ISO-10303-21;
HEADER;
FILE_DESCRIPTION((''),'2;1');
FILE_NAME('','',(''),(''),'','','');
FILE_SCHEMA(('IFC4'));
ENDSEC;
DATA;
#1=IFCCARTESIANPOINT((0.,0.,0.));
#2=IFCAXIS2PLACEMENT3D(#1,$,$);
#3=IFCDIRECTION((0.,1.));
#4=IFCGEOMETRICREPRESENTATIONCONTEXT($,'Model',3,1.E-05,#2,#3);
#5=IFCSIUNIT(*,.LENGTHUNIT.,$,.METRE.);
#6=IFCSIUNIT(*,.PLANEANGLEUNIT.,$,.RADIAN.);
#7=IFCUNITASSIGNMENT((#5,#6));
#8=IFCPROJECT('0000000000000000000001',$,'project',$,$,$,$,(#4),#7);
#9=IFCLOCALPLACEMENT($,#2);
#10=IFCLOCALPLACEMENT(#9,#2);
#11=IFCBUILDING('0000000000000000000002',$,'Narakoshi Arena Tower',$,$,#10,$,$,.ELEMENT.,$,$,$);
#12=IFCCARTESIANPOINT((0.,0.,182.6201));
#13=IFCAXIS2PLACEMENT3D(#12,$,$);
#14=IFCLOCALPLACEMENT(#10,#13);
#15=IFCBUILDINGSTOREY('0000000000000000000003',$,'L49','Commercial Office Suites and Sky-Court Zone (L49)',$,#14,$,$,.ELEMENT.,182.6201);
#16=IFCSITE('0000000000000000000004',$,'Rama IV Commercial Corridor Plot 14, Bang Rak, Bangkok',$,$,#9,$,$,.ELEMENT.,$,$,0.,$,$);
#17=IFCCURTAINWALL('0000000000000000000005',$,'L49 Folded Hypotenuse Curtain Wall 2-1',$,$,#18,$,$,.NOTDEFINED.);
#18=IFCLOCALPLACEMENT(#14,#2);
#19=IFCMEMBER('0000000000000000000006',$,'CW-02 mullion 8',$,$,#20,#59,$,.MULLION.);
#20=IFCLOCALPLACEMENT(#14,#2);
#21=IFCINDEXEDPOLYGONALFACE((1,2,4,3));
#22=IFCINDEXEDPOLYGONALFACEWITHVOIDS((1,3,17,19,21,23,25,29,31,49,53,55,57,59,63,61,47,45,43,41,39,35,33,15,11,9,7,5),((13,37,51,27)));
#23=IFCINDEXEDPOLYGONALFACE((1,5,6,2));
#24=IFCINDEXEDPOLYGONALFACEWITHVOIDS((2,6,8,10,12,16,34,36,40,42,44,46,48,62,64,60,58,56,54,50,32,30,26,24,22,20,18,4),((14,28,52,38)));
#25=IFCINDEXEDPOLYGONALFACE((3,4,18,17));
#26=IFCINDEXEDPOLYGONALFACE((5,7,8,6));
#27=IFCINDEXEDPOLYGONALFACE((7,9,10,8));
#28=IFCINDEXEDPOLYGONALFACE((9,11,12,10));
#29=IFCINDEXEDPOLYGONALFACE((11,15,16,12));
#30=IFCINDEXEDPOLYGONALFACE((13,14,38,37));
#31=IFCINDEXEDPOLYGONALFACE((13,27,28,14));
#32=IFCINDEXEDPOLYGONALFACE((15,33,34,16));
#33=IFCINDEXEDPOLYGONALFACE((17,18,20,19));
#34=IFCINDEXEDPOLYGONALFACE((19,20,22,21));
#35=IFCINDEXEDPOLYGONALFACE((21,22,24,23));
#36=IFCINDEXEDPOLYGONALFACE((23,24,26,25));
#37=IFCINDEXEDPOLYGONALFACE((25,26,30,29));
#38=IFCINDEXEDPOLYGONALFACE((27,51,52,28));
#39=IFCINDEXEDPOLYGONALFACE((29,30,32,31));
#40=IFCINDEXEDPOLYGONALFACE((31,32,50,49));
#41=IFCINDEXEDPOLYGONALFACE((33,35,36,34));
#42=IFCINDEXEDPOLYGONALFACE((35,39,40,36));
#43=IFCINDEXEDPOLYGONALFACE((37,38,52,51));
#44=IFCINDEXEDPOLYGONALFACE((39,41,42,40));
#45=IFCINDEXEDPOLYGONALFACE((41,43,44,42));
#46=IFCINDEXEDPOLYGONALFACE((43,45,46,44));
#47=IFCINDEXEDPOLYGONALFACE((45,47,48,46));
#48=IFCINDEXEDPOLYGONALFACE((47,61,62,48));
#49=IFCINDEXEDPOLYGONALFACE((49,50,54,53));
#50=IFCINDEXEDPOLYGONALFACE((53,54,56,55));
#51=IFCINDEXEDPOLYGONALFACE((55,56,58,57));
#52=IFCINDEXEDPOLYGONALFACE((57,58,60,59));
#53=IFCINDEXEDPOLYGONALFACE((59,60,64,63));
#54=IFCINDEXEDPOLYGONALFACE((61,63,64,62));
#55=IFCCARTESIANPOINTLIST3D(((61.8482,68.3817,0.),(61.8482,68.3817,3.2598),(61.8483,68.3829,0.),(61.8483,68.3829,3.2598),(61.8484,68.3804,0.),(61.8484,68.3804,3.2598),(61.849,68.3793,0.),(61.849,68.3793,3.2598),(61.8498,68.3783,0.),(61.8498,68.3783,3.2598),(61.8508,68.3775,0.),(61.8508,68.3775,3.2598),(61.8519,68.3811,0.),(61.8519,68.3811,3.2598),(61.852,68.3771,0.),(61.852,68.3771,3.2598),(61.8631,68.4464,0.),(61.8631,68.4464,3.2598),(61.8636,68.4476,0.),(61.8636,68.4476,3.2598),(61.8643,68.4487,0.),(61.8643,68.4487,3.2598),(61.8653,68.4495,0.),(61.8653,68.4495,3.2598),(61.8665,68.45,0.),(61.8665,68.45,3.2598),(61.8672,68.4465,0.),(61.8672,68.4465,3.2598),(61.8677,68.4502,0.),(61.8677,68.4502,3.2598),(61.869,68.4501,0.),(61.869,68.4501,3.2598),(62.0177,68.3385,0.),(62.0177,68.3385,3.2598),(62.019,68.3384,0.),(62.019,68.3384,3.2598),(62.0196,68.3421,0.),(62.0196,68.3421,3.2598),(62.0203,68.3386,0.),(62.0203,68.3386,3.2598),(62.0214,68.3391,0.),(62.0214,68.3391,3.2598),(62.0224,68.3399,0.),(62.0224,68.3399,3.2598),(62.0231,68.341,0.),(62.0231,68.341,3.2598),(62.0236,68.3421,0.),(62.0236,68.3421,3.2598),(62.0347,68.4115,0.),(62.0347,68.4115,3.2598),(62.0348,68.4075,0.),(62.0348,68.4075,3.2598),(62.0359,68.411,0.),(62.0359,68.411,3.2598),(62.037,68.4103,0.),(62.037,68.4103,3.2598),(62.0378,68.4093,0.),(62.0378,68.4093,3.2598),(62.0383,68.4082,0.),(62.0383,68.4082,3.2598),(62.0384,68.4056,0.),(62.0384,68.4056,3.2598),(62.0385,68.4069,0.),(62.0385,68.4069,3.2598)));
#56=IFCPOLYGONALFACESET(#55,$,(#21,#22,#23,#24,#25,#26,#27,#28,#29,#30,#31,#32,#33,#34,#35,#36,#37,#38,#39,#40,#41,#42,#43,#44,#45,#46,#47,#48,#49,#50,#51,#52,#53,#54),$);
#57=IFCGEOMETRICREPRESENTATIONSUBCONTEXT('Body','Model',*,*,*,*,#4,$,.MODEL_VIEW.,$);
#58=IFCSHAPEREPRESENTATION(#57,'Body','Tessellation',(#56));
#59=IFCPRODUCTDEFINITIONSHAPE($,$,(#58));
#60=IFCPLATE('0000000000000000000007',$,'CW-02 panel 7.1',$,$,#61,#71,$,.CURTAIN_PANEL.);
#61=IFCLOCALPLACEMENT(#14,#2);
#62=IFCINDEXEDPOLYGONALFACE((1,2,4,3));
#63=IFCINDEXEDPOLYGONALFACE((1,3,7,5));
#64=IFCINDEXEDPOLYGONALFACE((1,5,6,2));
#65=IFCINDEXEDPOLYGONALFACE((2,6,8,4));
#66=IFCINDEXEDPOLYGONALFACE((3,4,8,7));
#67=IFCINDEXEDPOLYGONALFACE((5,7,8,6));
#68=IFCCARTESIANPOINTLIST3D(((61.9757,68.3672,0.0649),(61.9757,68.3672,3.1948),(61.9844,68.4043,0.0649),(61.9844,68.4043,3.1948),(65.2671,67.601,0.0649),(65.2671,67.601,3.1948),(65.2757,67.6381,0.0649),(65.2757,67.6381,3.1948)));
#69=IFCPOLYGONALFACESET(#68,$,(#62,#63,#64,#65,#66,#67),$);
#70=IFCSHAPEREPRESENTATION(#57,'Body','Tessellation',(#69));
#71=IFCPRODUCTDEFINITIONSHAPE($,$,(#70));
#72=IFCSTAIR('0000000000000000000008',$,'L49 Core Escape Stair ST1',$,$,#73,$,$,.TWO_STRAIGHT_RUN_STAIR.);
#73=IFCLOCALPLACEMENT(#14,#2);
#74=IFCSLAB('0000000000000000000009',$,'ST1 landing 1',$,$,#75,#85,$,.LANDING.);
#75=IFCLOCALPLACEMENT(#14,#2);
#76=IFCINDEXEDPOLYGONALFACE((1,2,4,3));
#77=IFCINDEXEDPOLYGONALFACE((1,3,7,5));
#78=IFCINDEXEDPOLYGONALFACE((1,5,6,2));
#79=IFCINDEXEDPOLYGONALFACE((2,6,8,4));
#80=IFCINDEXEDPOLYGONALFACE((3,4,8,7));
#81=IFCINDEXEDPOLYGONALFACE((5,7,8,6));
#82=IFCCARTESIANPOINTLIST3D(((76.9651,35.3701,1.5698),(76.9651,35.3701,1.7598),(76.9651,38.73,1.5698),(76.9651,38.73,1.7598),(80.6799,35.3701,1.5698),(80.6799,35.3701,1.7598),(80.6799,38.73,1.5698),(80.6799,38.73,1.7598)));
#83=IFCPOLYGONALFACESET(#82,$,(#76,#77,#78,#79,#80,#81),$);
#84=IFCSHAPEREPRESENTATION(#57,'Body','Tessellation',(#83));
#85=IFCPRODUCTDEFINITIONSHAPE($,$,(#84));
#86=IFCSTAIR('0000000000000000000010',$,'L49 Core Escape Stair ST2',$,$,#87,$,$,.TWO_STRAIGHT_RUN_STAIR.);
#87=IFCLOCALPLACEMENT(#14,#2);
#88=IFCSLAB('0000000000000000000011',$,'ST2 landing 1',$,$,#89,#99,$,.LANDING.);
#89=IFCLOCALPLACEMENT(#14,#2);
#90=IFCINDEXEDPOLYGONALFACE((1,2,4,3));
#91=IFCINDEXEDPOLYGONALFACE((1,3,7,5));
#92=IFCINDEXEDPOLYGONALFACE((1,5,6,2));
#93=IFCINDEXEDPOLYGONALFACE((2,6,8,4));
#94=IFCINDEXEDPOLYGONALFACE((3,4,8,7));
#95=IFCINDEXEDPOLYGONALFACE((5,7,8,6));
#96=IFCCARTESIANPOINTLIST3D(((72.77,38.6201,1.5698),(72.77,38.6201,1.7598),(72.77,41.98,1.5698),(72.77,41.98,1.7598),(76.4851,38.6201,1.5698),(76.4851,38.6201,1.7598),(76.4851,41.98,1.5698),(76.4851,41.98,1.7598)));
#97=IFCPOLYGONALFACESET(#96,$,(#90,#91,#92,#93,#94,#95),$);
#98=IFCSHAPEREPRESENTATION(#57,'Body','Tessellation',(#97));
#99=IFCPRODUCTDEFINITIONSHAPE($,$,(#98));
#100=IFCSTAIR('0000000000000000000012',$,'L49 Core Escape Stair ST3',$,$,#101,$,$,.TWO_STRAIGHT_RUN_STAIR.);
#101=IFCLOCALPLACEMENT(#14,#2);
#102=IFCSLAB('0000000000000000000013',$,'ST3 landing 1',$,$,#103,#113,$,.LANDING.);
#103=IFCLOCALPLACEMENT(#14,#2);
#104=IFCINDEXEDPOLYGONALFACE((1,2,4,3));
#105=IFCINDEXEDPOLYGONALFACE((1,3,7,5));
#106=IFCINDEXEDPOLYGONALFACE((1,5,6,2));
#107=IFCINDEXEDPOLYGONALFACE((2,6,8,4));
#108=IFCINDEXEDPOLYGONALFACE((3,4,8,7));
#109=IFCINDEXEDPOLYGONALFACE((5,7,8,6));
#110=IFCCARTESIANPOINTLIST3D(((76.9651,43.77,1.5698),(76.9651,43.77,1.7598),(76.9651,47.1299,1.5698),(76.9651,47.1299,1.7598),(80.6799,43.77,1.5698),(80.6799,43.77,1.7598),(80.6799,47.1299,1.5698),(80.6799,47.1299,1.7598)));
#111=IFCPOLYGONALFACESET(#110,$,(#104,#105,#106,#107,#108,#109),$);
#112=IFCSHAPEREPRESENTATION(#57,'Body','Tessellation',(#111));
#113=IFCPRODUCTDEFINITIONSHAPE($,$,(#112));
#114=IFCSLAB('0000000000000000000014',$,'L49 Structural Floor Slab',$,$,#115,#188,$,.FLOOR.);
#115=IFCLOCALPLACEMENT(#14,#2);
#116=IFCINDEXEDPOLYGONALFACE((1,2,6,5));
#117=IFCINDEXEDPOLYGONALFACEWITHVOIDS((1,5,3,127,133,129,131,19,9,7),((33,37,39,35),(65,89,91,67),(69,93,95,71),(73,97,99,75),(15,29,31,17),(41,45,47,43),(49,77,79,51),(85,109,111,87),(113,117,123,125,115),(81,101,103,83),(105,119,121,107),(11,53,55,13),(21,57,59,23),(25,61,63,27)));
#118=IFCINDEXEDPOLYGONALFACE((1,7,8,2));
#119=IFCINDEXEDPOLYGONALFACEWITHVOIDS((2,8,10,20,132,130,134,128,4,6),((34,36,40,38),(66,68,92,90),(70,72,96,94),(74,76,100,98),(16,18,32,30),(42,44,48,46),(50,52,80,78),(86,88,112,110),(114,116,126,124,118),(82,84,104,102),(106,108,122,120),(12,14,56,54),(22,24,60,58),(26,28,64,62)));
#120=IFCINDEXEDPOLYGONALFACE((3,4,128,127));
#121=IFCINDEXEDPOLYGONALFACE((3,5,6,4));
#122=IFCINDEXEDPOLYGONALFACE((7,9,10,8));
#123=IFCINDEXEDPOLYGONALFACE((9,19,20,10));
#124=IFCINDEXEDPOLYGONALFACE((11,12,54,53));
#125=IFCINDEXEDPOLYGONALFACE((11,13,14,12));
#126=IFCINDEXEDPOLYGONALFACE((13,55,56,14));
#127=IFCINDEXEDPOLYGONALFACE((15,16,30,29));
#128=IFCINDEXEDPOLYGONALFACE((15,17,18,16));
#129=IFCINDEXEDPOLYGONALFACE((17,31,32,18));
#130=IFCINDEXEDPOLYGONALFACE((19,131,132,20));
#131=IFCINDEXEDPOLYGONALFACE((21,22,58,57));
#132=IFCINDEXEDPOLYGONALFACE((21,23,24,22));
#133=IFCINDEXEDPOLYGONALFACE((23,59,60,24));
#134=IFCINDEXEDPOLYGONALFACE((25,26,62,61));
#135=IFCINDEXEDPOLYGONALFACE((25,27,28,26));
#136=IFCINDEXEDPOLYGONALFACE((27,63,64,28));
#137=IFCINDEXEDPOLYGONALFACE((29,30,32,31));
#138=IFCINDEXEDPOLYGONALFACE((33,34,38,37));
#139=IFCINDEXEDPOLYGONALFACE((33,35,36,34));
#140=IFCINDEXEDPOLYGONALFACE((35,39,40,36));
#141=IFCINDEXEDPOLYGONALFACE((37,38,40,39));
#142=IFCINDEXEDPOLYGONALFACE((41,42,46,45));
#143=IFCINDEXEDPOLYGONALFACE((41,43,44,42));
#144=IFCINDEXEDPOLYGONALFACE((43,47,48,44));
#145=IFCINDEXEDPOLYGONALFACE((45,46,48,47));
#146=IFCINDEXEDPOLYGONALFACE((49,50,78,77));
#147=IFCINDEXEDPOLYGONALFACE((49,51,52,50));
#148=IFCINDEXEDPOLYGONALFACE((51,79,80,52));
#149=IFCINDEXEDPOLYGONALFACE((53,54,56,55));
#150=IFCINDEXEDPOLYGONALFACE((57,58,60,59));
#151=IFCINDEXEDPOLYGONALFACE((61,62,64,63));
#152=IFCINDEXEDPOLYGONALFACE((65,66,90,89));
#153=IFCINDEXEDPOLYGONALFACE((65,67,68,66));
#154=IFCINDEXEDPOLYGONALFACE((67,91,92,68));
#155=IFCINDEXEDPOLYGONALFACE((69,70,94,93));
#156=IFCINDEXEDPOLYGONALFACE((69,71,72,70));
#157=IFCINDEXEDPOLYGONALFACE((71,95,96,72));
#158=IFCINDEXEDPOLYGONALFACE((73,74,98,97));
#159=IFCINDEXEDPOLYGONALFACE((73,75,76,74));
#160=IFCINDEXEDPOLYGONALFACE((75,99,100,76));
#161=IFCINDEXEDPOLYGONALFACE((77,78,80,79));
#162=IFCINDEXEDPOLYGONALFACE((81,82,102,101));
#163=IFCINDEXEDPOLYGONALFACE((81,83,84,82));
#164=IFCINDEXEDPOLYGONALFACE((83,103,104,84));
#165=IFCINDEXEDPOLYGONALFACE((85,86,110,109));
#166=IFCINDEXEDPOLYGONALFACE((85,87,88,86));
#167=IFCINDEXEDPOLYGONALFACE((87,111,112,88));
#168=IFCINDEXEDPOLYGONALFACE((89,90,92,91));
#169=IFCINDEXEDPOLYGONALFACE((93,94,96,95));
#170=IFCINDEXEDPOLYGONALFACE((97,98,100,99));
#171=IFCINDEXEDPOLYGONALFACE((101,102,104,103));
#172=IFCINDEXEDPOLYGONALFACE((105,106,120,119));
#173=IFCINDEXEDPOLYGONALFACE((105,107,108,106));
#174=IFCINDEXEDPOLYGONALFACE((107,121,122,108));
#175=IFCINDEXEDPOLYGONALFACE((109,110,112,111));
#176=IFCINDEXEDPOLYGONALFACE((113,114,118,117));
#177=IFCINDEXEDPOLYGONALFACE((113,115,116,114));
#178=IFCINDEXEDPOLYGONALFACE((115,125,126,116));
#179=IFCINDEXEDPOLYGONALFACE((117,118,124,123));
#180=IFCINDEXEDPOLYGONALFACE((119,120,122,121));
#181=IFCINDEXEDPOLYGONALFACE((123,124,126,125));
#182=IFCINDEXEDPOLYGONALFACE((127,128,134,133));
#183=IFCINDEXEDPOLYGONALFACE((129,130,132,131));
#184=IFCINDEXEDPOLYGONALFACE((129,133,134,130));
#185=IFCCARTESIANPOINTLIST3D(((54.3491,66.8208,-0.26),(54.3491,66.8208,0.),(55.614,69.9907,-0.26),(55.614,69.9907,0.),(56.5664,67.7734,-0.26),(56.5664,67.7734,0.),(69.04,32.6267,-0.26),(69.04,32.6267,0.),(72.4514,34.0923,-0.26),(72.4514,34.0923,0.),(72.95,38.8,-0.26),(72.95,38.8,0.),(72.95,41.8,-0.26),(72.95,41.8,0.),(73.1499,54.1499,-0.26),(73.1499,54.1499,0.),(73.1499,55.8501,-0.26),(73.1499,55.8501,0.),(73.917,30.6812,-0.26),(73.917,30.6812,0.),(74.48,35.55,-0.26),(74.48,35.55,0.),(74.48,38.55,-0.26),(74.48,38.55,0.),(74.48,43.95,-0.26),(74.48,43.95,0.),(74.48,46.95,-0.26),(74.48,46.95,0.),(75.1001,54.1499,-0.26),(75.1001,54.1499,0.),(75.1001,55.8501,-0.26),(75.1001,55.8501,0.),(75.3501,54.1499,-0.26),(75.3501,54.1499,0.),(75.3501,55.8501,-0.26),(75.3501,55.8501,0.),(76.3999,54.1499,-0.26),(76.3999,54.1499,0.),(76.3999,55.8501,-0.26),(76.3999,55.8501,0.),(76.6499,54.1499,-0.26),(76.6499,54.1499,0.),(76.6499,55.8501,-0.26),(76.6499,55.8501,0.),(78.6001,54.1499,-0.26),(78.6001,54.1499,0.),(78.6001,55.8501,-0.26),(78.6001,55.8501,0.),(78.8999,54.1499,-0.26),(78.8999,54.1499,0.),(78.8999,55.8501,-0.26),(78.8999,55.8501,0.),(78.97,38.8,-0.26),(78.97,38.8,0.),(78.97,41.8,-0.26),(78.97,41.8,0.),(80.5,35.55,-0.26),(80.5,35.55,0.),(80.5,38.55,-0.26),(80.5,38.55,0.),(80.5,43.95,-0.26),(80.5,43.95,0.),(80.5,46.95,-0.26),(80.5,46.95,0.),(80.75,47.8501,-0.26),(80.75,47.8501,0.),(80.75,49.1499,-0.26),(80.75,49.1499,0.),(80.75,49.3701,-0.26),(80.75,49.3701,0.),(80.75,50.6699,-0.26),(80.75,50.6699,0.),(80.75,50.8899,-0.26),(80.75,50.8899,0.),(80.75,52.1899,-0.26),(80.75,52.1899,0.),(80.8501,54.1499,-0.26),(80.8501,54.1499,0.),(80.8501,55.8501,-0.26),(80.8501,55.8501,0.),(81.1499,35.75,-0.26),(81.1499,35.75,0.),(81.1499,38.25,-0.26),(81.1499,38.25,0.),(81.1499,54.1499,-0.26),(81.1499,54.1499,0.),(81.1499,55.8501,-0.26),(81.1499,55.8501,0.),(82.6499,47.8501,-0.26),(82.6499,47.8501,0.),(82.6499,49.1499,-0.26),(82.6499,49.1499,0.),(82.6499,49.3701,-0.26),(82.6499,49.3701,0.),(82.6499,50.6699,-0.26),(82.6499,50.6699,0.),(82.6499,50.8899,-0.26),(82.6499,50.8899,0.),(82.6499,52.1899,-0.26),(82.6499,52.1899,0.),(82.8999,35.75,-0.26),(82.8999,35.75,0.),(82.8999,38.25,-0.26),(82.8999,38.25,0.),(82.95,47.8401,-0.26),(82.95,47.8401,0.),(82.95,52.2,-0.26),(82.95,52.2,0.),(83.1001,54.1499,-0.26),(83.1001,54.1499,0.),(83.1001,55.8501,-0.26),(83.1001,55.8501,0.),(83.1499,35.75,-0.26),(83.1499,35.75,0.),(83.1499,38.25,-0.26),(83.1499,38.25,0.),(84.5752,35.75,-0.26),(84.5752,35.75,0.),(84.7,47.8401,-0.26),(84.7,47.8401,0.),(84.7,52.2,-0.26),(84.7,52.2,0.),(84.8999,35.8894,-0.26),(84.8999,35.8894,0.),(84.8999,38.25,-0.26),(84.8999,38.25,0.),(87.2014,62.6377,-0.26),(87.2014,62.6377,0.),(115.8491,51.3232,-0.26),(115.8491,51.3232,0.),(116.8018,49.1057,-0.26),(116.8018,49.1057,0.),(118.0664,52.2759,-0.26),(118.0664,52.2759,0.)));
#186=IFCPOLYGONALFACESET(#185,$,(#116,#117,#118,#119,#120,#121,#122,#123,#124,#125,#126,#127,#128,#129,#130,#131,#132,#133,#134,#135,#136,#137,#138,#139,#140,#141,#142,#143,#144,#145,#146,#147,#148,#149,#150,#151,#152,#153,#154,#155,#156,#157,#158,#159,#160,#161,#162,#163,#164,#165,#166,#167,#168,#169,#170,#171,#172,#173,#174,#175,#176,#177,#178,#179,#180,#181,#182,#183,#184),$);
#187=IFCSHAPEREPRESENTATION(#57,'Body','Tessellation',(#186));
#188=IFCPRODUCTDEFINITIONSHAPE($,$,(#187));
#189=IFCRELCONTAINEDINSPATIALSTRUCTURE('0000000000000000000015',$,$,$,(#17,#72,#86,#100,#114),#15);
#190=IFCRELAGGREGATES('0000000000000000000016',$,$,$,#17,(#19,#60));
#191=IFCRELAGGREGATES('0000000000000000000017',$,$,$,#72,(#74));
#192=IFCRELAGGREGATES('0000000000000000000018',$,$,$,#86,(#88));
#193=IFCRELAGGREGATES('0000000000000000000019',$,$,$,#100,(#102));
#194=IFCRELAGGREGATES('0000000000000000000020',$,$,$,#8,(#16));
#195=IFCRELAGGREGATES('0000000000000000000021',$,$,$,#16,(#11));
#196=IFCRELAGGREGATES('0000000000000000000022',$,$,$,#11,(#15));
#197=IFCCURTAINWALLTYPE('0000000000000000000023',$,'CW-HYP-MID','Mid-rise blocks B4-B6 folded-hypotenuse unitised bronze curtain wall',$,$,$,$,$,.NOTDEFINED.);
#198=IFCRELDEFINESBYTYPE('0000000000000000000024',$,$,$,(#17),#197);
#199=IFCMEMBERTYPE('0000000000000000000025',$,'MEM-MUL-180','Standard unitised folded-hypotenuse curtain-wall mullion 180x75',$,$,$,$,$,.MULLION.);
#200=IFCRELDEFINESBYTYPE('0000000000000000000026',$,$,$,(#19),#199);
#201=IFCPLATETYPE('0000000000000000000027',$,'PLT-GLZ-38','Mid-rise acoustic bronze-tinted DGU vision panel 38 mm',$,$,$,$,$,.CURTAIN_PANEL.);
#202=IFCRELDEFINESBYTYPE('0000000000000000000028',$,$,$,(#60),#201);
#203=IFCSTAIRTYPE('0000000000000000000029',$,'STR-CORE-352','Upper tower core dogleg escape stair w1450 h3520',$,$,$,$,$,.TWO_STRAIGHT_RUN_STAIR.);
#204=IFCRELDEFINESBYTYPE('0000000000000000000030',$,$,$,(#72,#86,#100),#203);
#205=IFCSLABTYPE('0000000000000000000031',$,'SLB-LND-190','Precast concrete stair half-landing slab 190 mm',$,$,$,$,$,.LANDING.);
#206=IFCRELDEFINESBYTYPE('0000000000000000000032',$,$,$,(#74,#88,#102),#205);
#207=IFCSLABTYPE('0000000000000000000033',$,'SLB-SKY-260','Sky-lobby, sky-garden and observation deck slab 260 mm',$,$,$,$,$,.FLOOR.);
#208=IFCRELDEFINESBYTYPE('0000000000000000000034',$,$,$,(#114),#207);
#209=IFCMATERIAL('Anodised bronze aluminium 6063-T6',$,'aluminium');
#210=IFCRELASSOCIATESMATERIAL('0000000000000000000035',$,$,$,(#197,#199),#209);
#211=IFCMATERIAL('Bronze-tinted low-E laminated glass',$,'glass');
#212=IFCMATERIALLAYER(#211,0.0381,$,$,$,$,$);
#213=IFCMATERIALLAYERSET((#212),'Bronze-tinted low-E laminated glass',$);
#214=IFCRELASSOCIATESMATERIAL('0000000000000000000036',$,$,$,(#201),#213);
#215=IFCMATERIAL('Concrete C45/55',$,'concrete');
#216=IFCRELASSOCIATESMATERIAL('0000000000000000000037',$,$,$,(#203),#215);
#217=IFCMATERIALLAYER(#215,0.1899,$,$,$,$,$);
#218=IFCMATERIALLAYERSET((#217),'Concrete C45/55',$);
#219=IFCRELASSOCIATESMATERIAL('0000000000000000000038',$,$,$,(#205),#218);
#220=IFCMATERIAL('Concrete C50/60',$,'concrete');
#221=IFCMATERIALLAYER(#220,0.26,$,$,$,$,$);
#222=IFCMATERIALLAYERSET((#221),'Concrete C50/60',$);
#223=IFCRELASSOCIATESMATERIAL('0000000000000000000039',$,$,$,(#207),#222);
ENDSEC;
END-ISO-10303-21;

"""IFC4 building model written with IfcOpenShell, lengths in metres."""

from ifc_helpers import new_model, si_unit, direction, frame, origin, origin_2d, place, context, subcontext, project, spatial, polyline, rectangle, hollow_rectangle, outline, extrude, material, layer, layer_set, material_profile, profile_set, type_object, element, aggregate, save


model = new_model("IFC4")

# Units and contexts
model_context = context("Model", 3, precision=1e-05, world=origin(), true_north=direction((0.0, 1.0)))
body_context = subcontext(model_context, "Body", "Model", "MODEL_VIEW")
ifc_project = project(units=[si_unit("LENGTHUNIT", "METRE"), si_unit("PLANEANGLEUNIT", "RADIAN")], contexts=[model_context])

# Site, building, storey
site_placement = place(None, origin())
site = spatial("IfcSite", under=ifc_project, at=site_placement, Name="Rama IV Commercial Corridor Plot 14, Bang Rak, Bangkok", CompositionType="ELEMENT", RefElevation=0.0)
building_placement = place(site_placement, origin())
building = spatial("IfcBuilding", under=site, at=building_placement, Name="Narakoshi Arena Tower", CompositionType="ELEMENT")
storey_placement = place(building_placement, frame((0.0, 0.0, 182.6201)))
storey = spatial("IfcBuildingStorey", under=building, at=storey_placement, Name="L49", Description="Commercial Office Suites and Sky-Court Zone (L49)", CompositionType="ELEMENT", Elevation=182.6201)

# Shared definitions
ifc_material_1 = material(Name="Concrete C50/60", Category="concrete")

# Curtain wall, member, plate
ifc_material_2 = material(Name="Anodised bronze aluminium 6063-T6", Category="aluminium")
curtain_wall_type = type_object("IfcCurtainWallType", Name="CW-HYP-MID", Description="Mid-rise blocks B4-B6 folded-hypotenuse unitised bronze curtain wall", PredefinedType="NOTDEFINED", material=ifc_material_2)
curtain_wall_placement = place(storey_placement, origin())
curtain_wall = element("IfcCurtainWall", 1, at=curtain_wall_placement, inside=storey, type_object=curtain_wall_type, Name="L49 Folded Hypotenuse Curtain Wall 2-1", PredefinedType="NOTDEFINED")
ifc_material_profile_1 = material_profile(ifc_material_2, hollow_rectangle(XDim=0.075, YDim=0.1799, WallThickness=0.0039, OuterFilletRadius=0.0049, at=origin_2d()), Name="MUL180x75x4")
ifc_profile_set_1 = profile_set([ifc_material_profile_1], Name="Anodised bronze aluminium 6063-T6")
member_type = type_object("IfcMemberType", Name="MEM-MUL-180", Description="Standard unitised folded-hypotenuse curtain-wall mullion 180x75", PredefinedType="MULLION", material=ifc_profile_set_1)
member_placement = place(storey_placement, frame((61.9434, 68.3943, 0.0), z_axis=(0.0, 0.0, 1.0), x_axis=(-0.226721, -0.97396, 0.0)))
member = element("IfcMember", 2, at=member_placement, type_object=member_type, Name="CW-02 mullion 8", PredefinedType="MULLION", context=body_context, shape_type="SweptSolid", body=[
    extrude(hollow_rectangle(XDim=0.075, YDim=0.1799, WallThickness=0.0039, OuterFilletRadius=0.0049, at=origin_2d()), origin(), (0.0, 0.0, 1.0), 3.2598),
])
ifc_material_3 = material(Name="Bronze-tinted low-E laminated glass", Category="glass")
ifc_layer_1 = layer(ifc_material_3, 0.0381)
ifc_layer_set_1 = layer_set([ifc_layer_1], Name="Bronze-tinted low-E laminated glass")
plate_type = type_object("IfcPlateType", Name="PLT-GLZ-38", Description="Mid-rise acoustic bronze-tinted DGU vision panel 38 mm", PredefinedType="CURTAIN_PANEL", material=ifc_layer_set_1)
plate_placement = place(storey_placement, frame((63.6257, 68.0027, 0.0649), z_axis=(0.0, 0.0, 1.0), x_axis=(-0.97396, 0.226721, 0.0)))
plate = element("IfcPlate", 3, at=plate_placement, type_object=plate_type, Name="CW-02 panel 7.1", PredefinedType="CURTAIN_PANEL", context=body_context, shape_type="SweptSolid", body=[
    extrude(rectangle(XDim=3.3794, YDim=0.0381, at=origin_2d()), origin(), (0.0, 0.0, 1.0), 3.1299),
])
aggregate(curtain_wall, [member, plate])

# Stairs, slabs
ifc_material_4 = material(Name="Concrete C45/55", Category="concrete")
stair_type = type_object("IfcStairType", Name="STR-CORE-352", Description="Upper tower core dogleg escape stair w1450 h3520", PredefinedType="TWO_STRAIGHT_RUN_STAIR", material=ifc_material_4)
stair_1_placement = place(storey_placement, origin())
stair_1 = element("IfcStair", 4, at=stair_1_placement, inside=storey, type_object=stair_type, Name="L49 Core Escape Stair ST1", PredefinedType="TWO_STRAIGHT_RUN_STAIR")
ifc_layer_2 = layer(ifc_material_4, 0.1899)
ifc_layer_set_2 = layer_set([ifc_layer_2], Name="Concrete C45/55")
slab_type_1 = type_object("IfcSlabType", Name="SLB-LND-190", Description="Precast concrete stair half-landing slab 190 mm", PredefinedType="LANDING", material=ifc_layer_set_2)
slab_1_placement = place(storey_placement, frame((0.0, 0.0, 1.5698)))
slab_1 = element("IfcSlab", 5, at=slab_1_placement, type_object=slab_type_1, Name="ST1 landing 1", PredefinedType="LANDING", context=body_context, shape_type="SweptSolid", body=[
    extrude(outline(polyline([(76.9651, 35.3701), (80.6799, 35.3701), (80.6799, 38.73), (76.9651, 38.73), (76.9651, 35.3701)])), origin(), (0.0, 0.0, 1.0), 0.1899),
])
aggregate(stair_1, [slab_1])
stair_2_placement = place(storey_placement, origin())
stair_2 = element("IfcStair", 6, at=stair_2_placement, inside=storey, type_object=stair_type, Name="L49 Core Escape Stair ST2", PredefinedType="TWO_STRAIGHT_RUN_STAIR")
slab_2_placement = place(storey_placement, frame((0.0, 0.0, 1.5698)))
slab_2 = element("IfcSlab", 7, at=slab_2_placement, type_object=slab_type_1, Name="ST2 landing 1", PredefinedType="LANDING", context=body_context, shape_type="SweptSolid", body=[
    extrude(outline(polyline([(72.77, 38.6201), (76.4851, 38.6201), (76.4851, 41.98), (72.77, 41.98), (72.77, 38.6201)])), origin(), (0.0, 0.0, 1.0), 0.1899),
])
aggregate(stair_2, [slab_2])
stair_3_placement = place(storey_placement, origin())
stair_3 = element("IfcStair", 8, at=stair_3_placement, inside=storey, type_object=stair_type, Name="L49 Core Escape Stair ST3", PredefinedType="TWO_STRAIGHT_RUN_STAIR")
slab_3_placement = place(storey_placement, frame((0.0, 0.0, 1.5698)))
slab_3 = element("IfcSlab", 9, at=slab_3_placement, type_object=slab_type_1, Name="ST3 landing 1", PredefinedType="LANDING", context=body_context, shape_type="SweptSolid", body=[
    extrude(outline(polyline([(76.9651, 43.77), (80.6799, 43.77), (80.6799, 47.1299), (76.9651, 47.1299), (76.9651, 43.77)])), origin(), (0.0, 0.0, 1.0), 0.1899),
])
aggregate(stair_3, [slab_3])

# Slab
ifc_layer_3 = layer(ifc_material_1, 0.26)
ifc_layer_set_3 = layer_set([ifc_layer_3], Name="Concrete C50/60")
slab_type_2 = type_object("IfcSlabType", Name="SLB-SKY-260", Description="Sky-lobby, sky-garden and observation deck slab 260 mm", PredefinedType="FLOOR", material=ifc_layer_set_3)
slab_4_placement = place(storey_placement, frame((0.0, 0.0, -0.26)))
element("IfcSlab", 10, at=slab_4_placement, inside=storey, type_object=slab_type_2, Name="L49 Structural Floor Slab", PredefinedType="FLOOR", context=body_context, shape_type="SweptSolid", body=[
    extrude(outline(polyline([(73.917, 30.6812), (116.8018, 49.1057), (115.8491, 51.3232), (118.0664, 52.2759), (87.2014, 62.6377), (55.614, 69.9907), (56.5664, 67.7734), (54.3491, 66.8208), (69.04, 32.6267), (72.4514, 34.0923), (73.917, 30.6812)]), holes=[polyline([(80.5, 35.55), (74.48, 35.55), (74.48, 38.55), (80.5, 38.55), (80.5, 35.55)]), polyline([(82.8999, 35.75), (81.1499, 35.75), (81.1499, 38.25), (82.8999, 38.25), (82.8999, 35.75)]), polyline([(84.5752, 35.75), (83.1499, 35.75), (83.1499, 38.25), (84.8999, 38.25), (84.8999, 35.8894), (84.5752, 35.75)]), polyline([(72.95, 38.8), (72.95, 41.8), (78.97, 41.8), (78.97, 38.8), (72.95, 38.8)]), polyline([(74.48, 43.95), (74.48, 46.95), (80.5, 46.95), (80.5, 43.95), (74.48, 43.95)]), polyline([(82.95, 47.8401), (82.95, 52.2), (84.7, 52.2), (84.7, 47.8401), (82.95, 47.8401)]), polyline([(80.75, 47.8501), (80.75, 49.1499), (82.6499, 49.1499), (82.6499, 47.8501), (80.75, 47.8501)]), polyline([(80.75, 49.3701), (80.75, 50.6699), (82.6499, 50.6699), (82.6499, 49.3701), (80.75, 49.3701)]), polyline([(80.75, 50.8899), (80.75, 52.1899), (82.6499, 52.1899), (82.6499, 50.8899), (80.75, 50.8899)]), polyline([(73.1499, 54.1499), (73.1499, 55.8501), (75.1001, 55.8501), (75.1001, 54.1499), (73.1499, 54.1499)]), polyline([(75.3501, 54.1499), (75.3501, 55.8501), (76.3999, 55.8501), (76.3999, 54.1499), (75.3501, 54.1499)]), polyline([(76.6499, 54.1499), (76.6499, 55.8501), (78.6001, 55.8501), (78.6001, 54.1499), (76.6499, 54.1499)]), polyline([(78.8999, 54.1499), (78.8999, 55.8501), (80.8501, 55.8501), (80.8501, 54.1499), (78.8999, 54.1499)]), polyline([(81.1499, 54.1499), (81.1499, 55.8501), (83.1001, 55.8501), (83.1001, 54.1499), (81.1499, 54.1499)])]), origin(), (0.0, 0.0, 1.0), 0.26),
])

save(model, "model.ifc")
